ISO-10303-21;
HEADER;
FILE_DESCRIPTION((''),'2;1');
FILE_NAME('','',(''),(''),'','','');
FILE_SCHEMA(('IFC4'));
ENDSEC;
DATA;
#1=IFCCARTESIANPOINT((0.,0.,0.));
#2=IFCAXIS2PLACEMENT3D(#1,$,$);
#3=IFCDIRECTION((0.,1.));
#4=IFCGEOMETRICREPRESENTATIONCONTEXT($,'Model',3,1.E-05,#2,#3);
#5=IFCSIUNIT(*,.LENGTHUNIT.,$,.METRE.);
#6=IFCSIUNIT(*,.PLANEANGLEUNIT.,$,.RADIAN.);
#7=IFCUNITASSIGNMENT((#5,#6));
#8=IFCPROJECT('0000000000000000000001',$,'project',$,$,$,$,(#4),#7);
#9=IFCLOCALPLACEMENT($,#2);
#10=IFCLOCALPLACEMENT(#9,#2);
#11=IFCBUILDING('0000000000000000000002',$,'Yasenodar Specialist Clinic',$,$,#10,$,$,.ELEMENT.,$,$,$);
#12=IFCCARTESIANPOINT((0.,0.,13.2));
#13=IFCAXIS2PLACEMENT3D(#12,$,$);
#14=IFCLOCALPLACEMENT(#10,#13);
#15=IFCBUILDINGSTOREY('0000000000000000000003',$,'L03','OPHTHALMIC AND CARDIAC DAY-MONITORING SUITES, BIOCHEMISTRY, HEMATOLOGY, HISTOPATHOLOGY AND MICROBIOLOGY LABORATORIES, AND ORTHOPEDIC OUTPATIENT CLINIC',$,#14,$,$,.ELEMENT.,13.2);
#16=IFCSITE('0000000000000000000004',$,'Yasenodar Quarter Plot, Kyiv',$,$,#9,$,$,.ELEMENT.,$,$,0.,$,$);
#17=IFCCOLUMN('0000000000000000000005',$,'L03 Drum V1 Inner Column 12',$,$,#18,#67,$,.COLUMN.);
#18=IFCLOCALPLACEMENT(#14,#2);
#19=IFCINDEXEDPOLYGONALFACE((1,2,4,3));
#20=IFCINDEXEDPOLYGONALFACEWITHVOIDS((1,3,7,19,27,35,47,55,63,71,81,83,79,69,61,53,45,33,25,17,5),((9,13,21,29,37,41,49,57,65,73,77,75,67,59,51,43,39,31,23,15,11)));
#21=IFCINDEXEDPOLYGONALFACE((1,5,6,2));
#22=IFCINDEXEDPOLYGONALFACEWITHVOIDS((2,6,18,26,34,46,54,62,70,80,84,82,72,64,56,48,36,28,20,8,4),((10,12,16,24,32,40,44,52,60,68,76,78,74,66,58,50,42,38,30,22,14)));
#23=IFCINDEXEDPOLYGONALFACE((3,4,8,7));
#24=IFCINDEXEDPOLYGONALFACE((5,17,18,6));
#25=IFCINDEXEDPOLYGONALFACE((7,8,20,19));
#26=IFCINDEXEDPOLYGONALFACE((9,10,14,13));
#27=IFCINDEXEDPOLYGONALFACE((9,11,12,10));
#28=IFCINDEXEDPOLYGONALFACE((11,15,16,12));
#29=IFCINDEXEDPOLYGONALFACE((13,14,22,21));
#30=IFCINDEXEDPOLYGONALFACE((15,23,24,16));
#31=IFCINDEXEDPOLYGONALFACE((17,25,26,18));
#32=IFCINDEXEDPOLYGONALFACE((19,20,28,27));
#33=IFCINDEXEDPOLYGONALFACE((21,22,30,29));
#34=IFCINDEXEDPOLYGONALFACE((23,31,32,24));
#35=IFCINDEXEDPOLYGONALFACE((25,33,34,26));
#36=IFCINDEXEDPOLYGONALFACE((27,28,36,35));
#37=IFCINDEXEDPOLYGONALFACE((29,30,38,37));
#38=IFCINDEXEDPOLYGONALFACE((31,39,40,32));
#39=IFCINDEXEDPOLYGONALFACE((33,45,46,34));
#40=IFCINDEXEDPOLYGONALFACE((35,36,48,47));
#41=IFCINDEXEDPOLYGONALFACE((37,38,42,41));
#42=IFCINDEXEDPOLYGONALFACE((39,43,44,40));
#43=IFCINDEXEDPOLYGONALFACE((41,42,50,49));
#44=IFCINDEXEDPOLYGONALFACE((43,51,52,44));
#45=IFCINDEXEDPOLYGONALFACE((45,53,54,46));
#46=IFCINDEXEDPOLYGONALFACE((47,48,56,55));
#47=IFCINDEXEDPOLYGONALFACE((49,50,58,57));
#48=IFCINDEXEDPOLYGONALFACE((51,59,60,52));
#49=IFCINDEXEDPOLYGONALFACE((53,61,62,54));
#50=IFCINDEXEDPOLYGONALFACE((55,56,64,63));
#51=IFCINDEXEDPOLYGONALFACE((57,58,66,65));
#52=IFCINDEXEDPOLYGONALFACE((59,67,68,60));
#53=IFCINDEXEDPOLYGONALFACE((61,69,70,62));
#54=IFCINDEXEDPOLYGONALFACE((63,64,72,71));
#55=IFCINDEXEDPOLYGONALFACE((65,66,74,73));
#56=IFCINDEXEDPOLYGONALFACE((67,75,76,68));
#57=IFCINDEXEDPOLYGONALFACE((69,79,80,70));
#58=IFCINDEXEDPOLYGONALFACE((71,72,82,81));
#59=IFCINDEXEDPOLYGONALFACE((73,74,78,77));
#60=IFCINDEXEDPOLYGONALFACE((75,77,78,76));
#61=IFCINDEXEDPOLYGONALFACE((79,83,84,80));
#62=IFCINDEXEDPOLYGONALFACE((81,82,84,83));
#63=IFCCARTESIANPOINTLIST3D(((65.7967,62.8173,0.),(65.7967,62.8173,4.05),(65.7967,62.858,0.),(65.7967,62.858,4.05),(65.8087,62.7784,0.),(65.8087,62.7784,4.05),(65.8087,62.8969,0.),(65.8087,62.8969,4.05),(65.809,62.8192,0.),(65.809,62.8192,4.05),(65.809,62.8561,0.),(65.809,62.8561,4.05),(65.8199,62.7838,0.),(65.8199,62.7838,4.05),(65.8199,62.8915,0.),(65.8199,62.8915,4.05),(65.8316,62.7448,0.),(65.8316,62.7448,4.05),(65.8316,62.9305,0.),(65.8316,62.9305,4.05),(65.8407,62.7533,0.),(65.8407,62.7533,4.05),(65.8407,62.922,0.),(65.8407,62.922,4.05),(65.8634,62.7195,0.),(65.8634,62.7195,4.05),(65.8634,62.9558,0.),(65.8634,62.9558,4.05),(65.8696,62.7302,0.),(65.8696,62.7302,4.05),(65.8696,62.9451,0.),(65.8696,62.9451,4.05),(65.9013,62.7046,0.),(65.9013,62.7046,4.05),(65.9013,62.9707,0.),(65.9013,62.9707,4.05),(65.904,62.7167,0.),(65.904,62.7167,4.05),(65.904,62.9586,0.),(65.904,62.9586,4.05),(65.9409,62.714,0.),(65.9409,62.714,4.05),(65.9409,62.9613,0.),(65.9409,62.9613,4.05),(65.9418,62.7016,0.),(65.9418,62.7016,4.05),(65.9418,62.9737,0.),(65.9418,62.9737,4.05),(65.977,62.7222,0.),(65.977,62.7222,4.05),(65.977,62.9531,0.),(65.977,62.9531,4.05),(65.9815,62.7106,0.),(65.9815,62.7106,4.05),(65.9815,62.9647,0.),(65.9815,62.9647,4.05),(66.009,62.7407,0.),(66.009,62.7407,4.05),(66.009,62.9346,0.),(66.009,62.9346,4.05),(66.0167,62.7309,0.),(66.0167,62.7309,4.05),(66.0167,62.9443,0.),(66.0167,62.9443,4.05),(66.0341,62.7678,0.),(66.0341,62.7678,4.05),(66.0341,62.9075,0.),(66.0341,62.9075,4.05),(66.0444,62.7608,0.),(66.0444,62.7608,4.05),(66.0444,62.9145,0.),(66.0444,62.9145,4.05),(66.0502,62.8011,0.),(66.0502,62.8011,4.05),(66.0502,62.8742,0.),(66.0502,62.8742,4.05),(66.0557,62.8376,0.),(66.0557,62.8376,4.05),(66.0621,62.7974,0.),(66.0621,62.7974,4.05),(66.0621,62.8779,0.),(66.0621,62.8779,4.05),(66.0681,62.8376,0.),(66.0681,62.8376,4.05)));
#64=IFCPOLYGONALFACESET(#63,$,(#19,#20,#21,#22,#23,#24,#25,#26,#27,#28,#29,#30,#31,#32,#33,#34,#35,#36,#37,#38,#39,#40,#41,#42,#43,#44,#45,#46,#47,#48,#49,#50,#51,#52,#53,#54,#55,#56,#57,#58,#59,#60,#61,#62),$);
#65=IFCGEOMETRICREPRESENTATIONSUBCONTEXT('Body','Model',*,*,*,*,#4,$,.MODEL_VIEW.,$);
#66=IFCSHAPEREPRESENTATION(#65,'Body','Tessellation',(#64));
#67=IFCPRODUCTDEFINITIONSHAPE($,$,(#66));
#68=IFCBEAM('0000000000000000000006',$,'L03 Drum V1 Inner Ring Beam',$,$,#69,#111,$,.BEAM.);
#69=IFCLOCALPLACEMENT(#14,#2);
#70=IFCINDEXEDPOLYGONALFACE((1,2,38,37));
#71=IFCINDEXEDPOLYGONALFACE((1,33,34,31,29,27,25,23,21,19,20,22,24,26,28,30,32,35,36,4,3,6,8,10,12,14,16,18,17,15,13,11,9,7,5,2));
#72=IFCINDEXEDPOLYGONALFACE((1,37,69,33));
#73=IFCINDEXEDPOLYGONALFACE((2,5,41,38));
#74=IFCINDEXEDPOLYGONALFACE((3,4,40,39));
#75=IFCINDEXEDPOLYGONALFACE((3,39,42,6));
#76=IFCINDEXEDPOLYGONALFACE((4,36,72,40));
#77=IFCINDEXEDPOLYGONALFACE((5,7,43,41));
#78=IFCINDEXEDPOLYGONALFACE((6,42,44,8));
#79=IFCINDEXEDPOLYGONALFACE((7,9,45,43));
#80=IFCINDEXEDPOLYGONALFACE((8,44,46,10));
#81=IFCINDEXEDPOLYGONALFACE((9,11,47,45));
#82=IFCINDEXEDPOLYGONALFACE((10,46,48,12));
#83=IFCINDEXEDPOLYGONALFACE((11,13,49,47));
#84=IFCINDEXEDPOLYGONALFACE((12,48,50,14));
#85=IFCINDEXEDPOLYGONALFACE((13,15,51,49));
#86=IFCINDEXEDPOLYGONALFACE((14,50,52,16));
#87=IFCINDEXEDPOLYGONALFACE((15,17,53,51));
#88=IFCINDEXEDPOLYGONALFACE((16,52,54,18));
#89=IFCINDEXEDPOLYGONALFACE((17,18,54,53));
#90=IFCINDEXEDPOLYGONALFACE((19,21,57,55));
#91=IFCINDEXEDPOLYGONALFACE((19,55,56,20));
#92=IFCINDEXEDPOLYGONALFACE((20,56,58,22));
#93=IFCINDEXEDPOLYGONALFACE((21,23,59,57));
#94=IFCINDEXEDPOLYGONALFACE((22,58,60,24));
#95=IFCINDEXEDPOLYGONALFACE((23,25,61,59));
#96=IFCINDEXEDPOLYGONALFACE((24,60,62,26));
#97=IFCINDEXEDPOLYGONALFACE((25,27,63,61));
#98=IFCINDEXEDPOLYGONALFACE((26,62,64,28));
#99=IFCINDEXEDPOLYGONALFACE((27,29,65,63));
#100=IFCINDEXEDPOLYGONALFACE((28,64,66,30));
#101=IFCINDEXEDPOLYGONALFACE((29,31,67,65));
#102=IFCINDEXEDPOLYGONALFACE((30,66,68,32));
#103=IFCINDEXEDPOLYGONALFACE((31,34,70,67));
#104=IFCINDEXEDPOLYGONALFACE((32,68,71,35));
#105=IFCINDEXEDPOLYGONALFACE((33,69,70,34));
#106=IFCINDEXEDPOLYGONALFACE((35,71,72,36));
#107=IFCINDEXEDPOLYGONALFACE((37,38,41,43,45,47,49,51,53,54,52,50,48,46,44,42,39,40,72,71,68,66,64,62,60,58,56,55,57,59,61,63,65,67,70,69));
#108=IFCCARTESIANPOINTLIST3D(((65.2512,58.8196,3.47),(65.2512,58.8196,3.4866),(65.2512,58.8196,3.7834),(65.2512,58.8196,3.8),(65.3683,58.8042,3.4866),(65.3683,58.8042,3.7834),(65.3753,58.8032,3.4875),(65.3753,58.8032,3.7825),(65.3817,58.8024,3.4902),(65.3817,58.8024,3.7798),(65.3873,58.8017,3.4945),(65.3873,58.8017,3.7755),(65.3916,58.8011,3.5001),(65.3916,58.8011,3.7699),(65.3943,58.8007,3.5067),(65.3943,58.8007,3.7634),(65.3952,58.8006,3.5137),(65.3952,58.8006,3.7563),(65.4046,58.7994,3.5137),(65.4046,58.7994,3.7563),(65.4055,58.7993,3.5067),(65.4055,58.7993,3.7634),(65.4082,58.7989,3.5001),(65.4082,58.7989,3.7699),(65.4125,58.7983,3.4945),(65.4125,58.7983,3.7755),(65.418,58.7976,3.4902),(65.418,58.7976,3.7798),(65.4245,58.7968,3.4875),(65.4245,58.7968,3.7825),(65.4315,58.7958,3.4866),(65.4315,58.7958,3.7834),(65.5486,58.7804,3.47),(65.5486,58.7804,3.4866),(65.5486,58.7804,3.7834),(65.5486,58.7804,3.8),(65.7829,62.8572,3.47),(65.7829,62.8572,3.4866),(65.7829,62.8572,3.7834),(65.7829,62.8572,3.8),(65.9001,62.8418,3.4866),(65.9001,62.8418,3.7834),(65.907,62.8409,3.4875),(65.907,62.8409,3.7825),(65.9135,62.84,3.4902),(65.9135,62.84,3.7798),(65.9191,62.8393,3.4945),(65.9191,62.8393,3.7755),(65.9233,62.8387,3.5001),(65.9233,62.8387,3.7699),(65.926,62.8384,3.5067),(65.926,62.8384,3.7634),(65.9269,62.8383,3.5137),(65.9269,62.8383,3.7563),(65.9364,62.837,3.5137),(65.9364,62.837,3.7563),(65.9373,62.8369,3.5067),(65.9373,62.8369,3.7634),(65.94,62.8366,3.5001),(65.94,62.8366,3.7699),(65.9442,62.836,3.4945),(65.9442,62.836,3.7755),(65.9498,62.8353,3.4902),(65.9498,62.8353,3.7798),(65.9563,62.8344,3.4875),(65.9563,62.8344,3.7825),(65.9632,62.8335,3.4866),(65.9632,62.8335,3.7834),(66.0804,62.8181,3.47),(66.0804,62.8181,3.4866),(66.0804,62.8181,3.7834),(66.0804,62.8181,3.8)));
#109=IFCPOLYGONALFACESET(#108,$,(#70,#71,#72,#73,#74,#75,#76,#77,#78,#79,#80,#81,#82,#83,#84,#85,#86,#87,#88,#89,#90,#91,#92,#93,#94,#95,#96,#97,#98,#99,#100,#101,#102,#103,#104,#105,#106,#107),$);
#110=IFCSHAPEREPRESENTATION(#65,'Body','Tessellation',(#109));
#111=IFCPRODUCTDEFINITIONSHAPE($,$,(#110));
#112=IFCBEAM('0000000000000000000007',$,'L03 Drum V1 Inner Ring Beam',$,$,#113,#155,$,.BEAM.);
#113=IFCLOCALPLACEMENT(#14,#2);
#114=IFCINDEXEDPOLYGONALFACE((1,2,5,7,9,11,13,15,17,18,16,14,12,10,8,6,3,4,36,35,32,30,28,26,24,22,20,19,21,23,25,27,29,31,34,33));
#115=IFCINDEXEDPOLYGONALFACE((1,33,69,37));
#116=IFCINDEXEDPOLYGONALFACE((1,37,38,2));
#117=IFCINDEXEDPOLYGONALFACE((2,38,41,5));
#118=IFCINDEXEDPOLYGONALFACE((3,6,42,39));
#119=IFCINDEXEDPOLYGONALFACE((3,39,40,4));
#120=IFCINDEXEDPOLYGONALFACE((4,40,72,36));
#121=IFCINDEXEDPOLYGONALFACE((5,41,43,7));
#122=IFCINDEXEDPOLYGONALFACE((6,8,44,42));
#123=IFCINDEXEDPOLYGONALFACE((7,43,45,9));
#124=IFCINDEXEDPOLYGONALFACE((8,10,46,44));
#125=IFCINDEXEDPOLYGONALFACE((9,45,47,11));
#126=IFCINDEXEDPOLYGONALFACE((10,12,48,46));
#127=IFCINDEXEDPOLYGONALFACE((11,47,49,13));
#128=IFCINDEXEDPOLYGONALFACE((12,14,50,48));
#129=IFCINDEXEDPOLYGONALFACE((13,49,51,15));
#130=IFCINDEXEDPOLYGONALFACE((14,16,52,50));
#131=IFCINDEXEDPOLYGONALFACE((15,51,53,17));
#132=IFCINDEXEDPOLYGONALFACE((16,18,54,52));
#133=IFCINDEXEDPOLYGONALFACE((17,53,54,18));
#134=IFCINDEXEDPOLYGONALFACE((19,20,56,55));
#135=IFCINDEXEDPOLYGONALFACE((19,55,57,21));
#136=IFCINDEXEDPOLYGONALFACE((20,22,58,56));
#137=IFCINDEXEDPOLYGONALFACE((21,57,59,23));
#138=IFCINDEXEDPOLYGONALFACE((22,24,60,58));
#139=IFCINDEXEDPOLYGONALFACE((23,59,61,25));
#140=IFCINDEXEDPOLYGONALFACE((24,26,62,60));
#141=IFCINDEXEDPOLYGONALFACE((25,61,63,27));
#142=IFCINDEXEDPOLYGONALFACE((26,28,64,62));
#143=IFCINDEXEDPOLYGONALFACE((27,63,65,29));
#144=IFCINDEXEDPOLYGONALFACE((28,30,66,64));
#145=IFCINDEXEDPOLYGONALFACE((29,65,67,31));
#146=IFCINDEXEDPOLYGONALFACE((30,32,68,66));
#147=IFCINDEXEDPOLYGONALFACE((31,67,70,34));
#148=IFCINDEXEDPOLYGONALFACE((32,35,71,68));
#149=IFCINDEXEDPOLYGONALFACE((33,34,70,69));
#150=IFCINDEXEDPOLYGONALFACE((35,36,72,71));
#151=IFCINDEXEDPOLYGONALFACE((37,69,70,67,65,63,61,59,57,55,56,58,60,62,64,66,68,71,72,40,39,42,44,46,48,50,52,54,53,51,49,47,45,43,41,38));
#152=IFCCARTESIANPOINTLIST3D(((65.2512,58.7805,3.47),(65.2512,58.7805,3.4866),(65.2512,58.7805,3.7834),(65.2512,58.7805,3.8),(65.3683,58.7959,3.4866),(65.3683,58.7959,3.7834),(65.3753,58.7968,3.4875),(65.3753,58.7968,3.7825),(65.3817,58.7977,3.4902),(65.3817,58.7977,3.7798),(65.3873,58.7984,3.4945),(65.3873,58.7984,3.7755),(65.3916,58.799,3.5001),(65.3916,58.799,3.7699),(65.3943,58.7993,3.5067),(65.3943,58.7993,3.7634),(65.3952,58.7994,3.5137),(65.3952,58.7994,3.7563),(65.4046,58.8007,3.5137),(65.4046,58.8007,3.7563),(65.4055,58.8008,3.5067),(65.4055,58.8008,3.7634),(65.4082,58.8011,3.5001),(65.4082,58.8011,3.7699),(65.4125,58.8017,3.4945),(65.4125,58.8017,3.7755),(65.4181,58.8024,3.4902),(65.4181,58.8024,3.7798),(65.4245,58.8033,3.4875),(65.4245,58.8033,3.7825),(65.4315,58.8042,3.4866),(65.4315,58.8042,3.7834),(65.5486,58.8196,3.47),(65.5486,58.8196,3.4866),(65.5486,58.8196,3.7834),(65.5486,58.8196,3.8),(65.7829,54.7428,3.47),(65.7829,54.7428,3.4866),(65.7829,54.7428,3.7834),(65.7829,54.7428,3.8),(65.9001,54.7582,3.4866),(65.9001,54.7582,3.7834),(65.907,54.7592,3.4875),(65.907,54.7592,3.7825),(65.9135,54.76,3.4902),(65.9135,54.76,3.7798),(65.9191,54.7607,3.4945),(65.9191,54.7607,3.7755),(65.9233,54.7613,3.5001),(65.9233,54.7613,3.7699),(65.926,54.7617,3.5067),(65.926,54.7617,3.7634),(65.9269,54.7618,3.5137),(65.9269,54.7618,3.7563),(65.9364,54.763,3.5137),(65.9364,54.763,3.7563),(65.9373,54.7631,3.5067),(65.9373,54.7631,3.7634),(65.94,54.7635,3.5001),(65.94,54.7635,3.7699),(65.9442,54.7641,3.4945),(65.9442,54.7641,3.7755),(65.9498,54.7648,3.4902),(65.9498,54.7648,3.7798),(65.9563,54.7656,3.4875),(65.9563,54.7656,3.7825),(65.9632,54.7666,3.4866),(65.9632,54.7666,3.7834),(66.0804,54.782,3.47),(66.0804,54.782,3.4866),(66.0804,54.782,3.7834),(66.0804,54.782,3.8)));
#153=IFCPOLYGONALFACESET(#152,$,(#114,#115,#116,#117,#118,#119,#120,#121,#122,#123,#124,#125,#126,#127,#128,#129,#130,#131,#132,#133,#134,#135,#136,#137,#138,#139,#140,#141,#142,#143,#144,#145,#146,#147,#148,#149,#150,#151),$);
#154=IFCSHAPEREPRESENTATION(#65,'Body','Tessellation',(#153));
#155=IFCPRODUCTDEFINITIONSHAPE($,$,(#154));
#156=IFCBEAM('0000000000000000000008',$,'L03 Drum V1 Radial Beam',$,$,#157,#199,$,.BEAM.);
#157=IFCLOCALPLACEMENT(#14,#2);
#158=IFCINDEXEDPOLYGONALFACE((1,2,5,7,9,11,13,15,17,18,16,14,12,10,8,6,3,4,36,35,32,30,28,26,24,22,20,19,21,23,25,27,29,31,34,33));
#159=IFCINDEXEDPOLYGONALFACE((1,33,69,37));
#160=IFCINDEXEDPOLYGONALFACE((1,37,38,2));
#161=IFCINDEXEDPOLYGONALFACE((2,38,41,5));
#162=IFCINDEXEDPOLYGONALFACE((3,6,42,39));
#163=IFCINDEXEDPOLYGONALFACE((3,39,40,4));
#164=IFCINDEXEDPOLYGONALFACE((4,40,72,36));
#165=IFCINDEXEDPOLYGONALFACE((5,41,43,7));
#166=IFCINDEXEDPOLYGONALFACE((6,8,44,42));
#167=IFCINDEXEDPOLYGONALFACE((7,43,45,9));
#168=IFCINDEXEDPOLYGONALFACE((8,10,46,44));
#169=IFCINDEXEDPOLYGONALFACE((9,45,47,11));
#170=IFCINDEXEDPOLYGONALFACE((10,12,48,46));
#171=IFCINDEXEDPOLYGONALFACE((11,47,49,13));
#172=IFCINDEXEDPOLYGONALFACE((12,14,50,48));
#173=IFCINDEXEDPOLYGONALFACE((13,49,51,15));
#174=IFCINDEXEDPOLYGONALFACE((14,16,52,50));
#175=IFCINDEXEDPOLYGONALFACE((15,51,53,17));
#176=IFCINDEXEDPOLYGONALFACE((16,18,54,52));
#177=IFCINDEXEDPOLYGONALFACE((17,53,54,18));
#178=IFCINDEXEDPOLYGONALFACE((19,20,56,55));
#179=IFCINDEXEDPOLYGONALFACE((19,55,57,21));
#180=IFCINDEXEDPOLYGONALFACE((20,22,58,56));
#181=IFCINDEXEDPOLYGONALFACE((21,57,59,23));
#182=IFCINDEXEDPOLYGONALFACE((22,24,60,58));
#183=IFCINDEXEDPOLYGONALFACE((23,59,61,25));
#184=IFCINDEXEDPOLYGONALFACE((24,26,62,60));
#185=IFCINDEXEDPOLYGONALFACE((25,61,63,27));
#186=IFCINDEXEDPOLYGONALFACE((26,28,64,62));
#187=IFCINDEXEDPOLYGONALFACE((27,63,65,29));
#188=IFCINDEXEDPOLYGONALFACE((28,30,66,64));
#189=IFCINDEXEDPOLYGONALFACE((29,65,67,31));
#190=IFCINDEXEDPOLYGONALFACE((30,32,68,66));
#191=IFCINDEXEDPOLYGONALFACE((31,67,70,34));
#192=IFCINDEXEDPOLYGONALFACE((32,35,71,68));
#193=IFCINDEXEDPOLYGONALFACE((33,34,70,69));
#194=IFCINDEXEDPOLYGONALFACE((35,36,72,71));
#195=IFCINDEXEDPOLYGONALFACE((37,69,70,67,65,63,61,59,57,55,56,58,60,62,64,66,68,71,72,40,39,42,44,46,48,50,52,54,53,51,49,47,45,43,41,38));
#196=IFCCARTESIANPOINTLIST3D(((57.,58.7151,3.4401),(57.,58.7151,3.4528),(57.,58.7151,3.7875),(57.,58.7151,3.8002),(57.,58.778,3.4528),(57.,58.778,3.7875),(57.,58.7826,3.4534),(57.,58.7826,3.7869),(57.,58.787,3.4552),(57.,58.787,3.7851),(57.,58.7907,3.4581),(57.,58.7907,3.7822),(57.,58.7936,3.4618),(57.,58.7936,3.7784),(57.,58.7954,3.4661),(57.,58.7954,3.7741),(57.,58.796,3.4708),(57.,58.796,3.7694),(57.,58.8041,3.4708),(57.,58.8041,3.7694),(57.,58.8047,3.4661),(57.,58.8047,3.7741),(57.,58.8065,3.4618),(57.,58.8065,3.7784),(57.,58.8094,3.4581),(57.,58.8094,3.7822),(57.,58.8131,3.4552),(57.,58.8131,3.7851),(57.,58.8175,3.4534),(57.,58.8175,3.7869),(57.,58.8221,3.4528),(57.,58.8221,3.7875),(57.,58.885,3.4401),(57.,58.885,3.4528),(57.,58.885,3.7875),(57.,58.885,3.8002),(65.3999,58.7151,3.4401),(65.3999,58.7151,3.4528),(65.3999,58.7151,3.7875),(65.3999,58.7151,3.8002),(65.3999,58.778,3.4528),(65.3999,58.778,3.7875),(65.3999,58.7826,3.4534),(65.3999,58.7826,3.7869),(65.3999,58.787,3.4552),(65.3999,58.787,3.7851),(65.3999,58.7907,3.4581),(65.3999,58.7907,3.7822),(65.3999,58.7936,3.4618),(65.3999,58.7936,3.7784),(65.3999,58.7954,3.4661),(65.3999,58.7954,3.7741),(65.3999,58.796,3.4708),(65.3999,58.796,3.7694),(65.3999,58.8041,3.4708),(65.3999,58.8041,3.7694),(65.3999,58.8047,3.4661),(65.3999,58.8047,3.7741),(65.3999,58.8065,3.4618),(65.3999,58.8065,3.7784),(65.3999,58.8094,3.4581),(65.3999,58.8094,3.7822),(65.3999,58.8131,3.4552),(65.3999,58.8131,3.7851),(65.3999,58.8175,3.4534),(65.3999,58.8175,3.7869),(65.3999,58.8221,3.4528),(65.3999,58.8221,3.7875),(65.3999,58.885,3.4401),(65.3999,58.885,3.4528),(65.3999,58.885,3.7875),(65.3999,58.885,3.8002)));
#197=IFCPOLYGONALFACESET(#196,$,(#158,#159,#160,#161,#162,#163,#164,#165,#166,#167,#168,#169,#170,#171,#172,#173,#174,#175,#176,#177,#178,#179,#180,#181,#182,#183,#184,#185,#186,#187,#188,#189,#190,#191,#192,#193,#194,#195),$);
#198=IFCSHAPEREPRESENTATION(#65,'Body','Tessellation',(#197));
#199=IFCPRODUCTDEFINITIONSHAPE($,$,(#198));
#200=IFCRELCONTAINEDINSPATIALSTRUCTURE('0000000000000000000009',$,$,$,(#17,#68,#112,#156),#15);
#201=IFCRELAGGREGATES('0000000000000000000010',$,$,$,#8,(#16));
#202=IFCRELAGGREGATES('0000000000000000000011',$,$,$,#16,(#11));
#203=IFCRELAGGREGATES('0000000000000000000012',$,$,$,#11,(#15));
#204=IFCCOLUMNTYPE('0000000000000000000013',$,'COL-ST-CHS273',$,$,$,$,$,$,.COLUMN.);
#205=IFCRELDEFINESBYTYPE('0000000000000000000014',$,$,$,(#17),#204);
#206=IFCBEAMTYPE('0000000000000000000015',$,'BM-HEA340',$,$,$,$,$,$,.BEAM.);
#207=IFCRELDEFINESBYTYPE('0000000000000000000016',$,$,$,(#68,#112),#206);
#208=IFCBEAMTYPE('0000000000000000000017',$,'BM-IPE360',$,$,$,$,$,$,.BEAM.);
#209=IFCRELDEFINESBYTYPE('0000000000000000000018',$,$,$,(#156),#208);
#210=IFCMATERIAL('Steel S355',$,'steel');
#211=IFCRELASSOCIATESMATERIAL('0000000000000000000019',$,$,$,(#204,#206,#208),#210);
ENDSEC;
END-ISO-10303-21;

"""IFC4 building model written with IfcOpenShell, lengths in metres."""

from ifc_helpers import new_model, si_unit, direction, frame, origin, origin_2d, place, context, subcontext, project, spatial, hollow_circle, i_section, extrude, material, material_profile, profile_set, type_object, element, save


model = new_model("IFC4")

# Units and contexts
model_context = context("Model", 3, precision=1e-05, world=origin(), true_north=direction((0.0, 1.0)))
body_context = subcontext(model_context, "Body", "Model", "MODEL_VIEW")
ifc_project = project(units=[si_unit("LENGTHUNIT", "METRE"), si_unit("PLANEANGLEUNIT", "RADIAN")], contexts=[model_context])

# Site, building, storey
site_placement = place(None, origin())
site = spatial("IfcSite", under=ifc_project, at=site_placement, Name="Yasenodar Quarter Plot, Kyiv", CompositionType="ELEMENT", RefElevation=0.0)
building_placement = place(site_placement, origin())
building = spatial("IfcBuilding", under=site, at=building_placement, Name="Yasenodar Specialist Clinic", CompositionType="ELEMENT")
storey_placement = place(building_placement, frame((0.0, 0.0, 13.2)))
storey = spatial("IfcBuildingStorey", under=building, at=storey_placement, Name="L03", Description="OPHTHALMIC AND CARDIAC DAY-MONITORING SUITES, BIOCHEMISTRY, HEMATOLOGY, HISTOPATHOLOGY AND MICROBIOLOGY LABORATORIES, AND ORTHOPEDIC OUTPATIENT CLINIC", CompositionType="ELEMENT", Elevation=13.2)

# Column
ifc_material_1 = material(Name="Steel S355", Category="steel")
ifc_material_profile_1 = material_profile(ifc_material_1, hollow_circle(Radius=0.1365, WallThickness=0.0125, at=origin_2d()), Name="CHS 273x12.5")
ifc_profile_set_1 = profile_set([ifc_material_profile_1], Name="Steel S355")
column_type = type_object("IfcColumnType", Name="COL-ST-CHS273", PredefinedType="COLUMN", material=ifc_profile_set_1)
column_placement = place(storey_placement, frame((65.9316, 62.8376, 0.0), z_axis=(0.0, 0.0, 1.0), x_axis=(1.0, 0.0, 0.0)))
element("IfcColumn", 1, at=column_placement, inside=storey, type_object=column_type, Name="L03 Drum V1 Inner Column 12", PredefinedType="COLUMN", context=body_context, shape_type="SweptSolid", body=[
    extrude(hollow_circle(Radius=0.1365, WallThickness=0.0125, at=origin_2d()), origin(), (0.0, 0.0, 1.0), 4.05),
])

# Beams
ifc_material_profile_2 = material_profile(ifc_material_1, i_section(OverallWidth=0.3, OverallDepth=0.3301, WebThickness=0.0095, FlangeThickness=0.0166, FilletRadius=0.0271, at=origin_2d()), Name="HEA 340")
ifc_profile_set_2 = profile_set([ifc_material_profile_2], Name="Steel S355")
beam_type_1 = type_object("IfcBeamType", Name="BM-HEA340", PredefinedType="BEAM", material=ifc_profile_set_2)
for number, where, z_axis, x_axis, name in (
    (2, (65.9316, 62.8376, 3.635), (-0.130569, -0.991439, 0.0), (0.991439, -0.130569, 0.0), "L03 Drum V1 Inner Ring Beam"),
    (3, (65.3999, 58.8, 3.635), (0.130569, -0.991439, 0.0), (0.991439, 0.130569, 0.0), "L03 Drum V1 Inner Ring Beam"),
):
    element("IfcBeam", number, at=place(storey_placement, frame(where, z_axis=z_axis, x_axis=x_axis)), inside=storey, type_object=beam_type_1, Name=name, PredefinedType="BEAM", context=body_context, shape_type="SweptSolid", body=[
        extrude(i_section(OverallWidth=0.3, OverallDepth=0.3301, WebThickness=0.0095, FlangeThickness=0.0166, FilletRadius=0.0271, at=origin_2d()), origin(), (0.0, 0.0, 1.0), 4.0725),
    ])
ifc_material_profile_3 = material_profile(ifc_material_1, i_section(OverallWidth=0.1699, OverallDepth=0.3601, WebThickness=0.0081, FlangeThickness=0.0127, FilletRadius=0.0181, at=origin_2d()), Name="IPE 360")
ifc_profile_set_3 = profile_set([ifc_material_profile_3], Name="Steel S355")
beam_type_2 = type_object("IfcBeamType", Name="BM-IPE360", PredefinedType="BEAM", material=ifc_profile_set_3)
beam_placement = place(storey_placement, frame((65.3999, 58.8, 3.6201), z_axis=(-1.0, 0.0, 0.0), x_axis=(0.0, -1.0, 0.0)))
element("IfcBeam", 4, at=beam_placement, inside=storey, type_object=beam_type_2, Name="L03 Drum V1 Radial Beam", PredefinedType="BEAM", context=body_context, shape_type="SweptSolid", body=[
    extrude(i_section(OverallWidth=0.1699, OverallDepth=0.3601, WebThickness=0.0081, FlangeThickness=0.0127, FilletRadius=0.0181, at=origin_2d()), origin(), (0.0, 0.0, 1.0), 8.3999),
])

save(model, "model.ifc")
